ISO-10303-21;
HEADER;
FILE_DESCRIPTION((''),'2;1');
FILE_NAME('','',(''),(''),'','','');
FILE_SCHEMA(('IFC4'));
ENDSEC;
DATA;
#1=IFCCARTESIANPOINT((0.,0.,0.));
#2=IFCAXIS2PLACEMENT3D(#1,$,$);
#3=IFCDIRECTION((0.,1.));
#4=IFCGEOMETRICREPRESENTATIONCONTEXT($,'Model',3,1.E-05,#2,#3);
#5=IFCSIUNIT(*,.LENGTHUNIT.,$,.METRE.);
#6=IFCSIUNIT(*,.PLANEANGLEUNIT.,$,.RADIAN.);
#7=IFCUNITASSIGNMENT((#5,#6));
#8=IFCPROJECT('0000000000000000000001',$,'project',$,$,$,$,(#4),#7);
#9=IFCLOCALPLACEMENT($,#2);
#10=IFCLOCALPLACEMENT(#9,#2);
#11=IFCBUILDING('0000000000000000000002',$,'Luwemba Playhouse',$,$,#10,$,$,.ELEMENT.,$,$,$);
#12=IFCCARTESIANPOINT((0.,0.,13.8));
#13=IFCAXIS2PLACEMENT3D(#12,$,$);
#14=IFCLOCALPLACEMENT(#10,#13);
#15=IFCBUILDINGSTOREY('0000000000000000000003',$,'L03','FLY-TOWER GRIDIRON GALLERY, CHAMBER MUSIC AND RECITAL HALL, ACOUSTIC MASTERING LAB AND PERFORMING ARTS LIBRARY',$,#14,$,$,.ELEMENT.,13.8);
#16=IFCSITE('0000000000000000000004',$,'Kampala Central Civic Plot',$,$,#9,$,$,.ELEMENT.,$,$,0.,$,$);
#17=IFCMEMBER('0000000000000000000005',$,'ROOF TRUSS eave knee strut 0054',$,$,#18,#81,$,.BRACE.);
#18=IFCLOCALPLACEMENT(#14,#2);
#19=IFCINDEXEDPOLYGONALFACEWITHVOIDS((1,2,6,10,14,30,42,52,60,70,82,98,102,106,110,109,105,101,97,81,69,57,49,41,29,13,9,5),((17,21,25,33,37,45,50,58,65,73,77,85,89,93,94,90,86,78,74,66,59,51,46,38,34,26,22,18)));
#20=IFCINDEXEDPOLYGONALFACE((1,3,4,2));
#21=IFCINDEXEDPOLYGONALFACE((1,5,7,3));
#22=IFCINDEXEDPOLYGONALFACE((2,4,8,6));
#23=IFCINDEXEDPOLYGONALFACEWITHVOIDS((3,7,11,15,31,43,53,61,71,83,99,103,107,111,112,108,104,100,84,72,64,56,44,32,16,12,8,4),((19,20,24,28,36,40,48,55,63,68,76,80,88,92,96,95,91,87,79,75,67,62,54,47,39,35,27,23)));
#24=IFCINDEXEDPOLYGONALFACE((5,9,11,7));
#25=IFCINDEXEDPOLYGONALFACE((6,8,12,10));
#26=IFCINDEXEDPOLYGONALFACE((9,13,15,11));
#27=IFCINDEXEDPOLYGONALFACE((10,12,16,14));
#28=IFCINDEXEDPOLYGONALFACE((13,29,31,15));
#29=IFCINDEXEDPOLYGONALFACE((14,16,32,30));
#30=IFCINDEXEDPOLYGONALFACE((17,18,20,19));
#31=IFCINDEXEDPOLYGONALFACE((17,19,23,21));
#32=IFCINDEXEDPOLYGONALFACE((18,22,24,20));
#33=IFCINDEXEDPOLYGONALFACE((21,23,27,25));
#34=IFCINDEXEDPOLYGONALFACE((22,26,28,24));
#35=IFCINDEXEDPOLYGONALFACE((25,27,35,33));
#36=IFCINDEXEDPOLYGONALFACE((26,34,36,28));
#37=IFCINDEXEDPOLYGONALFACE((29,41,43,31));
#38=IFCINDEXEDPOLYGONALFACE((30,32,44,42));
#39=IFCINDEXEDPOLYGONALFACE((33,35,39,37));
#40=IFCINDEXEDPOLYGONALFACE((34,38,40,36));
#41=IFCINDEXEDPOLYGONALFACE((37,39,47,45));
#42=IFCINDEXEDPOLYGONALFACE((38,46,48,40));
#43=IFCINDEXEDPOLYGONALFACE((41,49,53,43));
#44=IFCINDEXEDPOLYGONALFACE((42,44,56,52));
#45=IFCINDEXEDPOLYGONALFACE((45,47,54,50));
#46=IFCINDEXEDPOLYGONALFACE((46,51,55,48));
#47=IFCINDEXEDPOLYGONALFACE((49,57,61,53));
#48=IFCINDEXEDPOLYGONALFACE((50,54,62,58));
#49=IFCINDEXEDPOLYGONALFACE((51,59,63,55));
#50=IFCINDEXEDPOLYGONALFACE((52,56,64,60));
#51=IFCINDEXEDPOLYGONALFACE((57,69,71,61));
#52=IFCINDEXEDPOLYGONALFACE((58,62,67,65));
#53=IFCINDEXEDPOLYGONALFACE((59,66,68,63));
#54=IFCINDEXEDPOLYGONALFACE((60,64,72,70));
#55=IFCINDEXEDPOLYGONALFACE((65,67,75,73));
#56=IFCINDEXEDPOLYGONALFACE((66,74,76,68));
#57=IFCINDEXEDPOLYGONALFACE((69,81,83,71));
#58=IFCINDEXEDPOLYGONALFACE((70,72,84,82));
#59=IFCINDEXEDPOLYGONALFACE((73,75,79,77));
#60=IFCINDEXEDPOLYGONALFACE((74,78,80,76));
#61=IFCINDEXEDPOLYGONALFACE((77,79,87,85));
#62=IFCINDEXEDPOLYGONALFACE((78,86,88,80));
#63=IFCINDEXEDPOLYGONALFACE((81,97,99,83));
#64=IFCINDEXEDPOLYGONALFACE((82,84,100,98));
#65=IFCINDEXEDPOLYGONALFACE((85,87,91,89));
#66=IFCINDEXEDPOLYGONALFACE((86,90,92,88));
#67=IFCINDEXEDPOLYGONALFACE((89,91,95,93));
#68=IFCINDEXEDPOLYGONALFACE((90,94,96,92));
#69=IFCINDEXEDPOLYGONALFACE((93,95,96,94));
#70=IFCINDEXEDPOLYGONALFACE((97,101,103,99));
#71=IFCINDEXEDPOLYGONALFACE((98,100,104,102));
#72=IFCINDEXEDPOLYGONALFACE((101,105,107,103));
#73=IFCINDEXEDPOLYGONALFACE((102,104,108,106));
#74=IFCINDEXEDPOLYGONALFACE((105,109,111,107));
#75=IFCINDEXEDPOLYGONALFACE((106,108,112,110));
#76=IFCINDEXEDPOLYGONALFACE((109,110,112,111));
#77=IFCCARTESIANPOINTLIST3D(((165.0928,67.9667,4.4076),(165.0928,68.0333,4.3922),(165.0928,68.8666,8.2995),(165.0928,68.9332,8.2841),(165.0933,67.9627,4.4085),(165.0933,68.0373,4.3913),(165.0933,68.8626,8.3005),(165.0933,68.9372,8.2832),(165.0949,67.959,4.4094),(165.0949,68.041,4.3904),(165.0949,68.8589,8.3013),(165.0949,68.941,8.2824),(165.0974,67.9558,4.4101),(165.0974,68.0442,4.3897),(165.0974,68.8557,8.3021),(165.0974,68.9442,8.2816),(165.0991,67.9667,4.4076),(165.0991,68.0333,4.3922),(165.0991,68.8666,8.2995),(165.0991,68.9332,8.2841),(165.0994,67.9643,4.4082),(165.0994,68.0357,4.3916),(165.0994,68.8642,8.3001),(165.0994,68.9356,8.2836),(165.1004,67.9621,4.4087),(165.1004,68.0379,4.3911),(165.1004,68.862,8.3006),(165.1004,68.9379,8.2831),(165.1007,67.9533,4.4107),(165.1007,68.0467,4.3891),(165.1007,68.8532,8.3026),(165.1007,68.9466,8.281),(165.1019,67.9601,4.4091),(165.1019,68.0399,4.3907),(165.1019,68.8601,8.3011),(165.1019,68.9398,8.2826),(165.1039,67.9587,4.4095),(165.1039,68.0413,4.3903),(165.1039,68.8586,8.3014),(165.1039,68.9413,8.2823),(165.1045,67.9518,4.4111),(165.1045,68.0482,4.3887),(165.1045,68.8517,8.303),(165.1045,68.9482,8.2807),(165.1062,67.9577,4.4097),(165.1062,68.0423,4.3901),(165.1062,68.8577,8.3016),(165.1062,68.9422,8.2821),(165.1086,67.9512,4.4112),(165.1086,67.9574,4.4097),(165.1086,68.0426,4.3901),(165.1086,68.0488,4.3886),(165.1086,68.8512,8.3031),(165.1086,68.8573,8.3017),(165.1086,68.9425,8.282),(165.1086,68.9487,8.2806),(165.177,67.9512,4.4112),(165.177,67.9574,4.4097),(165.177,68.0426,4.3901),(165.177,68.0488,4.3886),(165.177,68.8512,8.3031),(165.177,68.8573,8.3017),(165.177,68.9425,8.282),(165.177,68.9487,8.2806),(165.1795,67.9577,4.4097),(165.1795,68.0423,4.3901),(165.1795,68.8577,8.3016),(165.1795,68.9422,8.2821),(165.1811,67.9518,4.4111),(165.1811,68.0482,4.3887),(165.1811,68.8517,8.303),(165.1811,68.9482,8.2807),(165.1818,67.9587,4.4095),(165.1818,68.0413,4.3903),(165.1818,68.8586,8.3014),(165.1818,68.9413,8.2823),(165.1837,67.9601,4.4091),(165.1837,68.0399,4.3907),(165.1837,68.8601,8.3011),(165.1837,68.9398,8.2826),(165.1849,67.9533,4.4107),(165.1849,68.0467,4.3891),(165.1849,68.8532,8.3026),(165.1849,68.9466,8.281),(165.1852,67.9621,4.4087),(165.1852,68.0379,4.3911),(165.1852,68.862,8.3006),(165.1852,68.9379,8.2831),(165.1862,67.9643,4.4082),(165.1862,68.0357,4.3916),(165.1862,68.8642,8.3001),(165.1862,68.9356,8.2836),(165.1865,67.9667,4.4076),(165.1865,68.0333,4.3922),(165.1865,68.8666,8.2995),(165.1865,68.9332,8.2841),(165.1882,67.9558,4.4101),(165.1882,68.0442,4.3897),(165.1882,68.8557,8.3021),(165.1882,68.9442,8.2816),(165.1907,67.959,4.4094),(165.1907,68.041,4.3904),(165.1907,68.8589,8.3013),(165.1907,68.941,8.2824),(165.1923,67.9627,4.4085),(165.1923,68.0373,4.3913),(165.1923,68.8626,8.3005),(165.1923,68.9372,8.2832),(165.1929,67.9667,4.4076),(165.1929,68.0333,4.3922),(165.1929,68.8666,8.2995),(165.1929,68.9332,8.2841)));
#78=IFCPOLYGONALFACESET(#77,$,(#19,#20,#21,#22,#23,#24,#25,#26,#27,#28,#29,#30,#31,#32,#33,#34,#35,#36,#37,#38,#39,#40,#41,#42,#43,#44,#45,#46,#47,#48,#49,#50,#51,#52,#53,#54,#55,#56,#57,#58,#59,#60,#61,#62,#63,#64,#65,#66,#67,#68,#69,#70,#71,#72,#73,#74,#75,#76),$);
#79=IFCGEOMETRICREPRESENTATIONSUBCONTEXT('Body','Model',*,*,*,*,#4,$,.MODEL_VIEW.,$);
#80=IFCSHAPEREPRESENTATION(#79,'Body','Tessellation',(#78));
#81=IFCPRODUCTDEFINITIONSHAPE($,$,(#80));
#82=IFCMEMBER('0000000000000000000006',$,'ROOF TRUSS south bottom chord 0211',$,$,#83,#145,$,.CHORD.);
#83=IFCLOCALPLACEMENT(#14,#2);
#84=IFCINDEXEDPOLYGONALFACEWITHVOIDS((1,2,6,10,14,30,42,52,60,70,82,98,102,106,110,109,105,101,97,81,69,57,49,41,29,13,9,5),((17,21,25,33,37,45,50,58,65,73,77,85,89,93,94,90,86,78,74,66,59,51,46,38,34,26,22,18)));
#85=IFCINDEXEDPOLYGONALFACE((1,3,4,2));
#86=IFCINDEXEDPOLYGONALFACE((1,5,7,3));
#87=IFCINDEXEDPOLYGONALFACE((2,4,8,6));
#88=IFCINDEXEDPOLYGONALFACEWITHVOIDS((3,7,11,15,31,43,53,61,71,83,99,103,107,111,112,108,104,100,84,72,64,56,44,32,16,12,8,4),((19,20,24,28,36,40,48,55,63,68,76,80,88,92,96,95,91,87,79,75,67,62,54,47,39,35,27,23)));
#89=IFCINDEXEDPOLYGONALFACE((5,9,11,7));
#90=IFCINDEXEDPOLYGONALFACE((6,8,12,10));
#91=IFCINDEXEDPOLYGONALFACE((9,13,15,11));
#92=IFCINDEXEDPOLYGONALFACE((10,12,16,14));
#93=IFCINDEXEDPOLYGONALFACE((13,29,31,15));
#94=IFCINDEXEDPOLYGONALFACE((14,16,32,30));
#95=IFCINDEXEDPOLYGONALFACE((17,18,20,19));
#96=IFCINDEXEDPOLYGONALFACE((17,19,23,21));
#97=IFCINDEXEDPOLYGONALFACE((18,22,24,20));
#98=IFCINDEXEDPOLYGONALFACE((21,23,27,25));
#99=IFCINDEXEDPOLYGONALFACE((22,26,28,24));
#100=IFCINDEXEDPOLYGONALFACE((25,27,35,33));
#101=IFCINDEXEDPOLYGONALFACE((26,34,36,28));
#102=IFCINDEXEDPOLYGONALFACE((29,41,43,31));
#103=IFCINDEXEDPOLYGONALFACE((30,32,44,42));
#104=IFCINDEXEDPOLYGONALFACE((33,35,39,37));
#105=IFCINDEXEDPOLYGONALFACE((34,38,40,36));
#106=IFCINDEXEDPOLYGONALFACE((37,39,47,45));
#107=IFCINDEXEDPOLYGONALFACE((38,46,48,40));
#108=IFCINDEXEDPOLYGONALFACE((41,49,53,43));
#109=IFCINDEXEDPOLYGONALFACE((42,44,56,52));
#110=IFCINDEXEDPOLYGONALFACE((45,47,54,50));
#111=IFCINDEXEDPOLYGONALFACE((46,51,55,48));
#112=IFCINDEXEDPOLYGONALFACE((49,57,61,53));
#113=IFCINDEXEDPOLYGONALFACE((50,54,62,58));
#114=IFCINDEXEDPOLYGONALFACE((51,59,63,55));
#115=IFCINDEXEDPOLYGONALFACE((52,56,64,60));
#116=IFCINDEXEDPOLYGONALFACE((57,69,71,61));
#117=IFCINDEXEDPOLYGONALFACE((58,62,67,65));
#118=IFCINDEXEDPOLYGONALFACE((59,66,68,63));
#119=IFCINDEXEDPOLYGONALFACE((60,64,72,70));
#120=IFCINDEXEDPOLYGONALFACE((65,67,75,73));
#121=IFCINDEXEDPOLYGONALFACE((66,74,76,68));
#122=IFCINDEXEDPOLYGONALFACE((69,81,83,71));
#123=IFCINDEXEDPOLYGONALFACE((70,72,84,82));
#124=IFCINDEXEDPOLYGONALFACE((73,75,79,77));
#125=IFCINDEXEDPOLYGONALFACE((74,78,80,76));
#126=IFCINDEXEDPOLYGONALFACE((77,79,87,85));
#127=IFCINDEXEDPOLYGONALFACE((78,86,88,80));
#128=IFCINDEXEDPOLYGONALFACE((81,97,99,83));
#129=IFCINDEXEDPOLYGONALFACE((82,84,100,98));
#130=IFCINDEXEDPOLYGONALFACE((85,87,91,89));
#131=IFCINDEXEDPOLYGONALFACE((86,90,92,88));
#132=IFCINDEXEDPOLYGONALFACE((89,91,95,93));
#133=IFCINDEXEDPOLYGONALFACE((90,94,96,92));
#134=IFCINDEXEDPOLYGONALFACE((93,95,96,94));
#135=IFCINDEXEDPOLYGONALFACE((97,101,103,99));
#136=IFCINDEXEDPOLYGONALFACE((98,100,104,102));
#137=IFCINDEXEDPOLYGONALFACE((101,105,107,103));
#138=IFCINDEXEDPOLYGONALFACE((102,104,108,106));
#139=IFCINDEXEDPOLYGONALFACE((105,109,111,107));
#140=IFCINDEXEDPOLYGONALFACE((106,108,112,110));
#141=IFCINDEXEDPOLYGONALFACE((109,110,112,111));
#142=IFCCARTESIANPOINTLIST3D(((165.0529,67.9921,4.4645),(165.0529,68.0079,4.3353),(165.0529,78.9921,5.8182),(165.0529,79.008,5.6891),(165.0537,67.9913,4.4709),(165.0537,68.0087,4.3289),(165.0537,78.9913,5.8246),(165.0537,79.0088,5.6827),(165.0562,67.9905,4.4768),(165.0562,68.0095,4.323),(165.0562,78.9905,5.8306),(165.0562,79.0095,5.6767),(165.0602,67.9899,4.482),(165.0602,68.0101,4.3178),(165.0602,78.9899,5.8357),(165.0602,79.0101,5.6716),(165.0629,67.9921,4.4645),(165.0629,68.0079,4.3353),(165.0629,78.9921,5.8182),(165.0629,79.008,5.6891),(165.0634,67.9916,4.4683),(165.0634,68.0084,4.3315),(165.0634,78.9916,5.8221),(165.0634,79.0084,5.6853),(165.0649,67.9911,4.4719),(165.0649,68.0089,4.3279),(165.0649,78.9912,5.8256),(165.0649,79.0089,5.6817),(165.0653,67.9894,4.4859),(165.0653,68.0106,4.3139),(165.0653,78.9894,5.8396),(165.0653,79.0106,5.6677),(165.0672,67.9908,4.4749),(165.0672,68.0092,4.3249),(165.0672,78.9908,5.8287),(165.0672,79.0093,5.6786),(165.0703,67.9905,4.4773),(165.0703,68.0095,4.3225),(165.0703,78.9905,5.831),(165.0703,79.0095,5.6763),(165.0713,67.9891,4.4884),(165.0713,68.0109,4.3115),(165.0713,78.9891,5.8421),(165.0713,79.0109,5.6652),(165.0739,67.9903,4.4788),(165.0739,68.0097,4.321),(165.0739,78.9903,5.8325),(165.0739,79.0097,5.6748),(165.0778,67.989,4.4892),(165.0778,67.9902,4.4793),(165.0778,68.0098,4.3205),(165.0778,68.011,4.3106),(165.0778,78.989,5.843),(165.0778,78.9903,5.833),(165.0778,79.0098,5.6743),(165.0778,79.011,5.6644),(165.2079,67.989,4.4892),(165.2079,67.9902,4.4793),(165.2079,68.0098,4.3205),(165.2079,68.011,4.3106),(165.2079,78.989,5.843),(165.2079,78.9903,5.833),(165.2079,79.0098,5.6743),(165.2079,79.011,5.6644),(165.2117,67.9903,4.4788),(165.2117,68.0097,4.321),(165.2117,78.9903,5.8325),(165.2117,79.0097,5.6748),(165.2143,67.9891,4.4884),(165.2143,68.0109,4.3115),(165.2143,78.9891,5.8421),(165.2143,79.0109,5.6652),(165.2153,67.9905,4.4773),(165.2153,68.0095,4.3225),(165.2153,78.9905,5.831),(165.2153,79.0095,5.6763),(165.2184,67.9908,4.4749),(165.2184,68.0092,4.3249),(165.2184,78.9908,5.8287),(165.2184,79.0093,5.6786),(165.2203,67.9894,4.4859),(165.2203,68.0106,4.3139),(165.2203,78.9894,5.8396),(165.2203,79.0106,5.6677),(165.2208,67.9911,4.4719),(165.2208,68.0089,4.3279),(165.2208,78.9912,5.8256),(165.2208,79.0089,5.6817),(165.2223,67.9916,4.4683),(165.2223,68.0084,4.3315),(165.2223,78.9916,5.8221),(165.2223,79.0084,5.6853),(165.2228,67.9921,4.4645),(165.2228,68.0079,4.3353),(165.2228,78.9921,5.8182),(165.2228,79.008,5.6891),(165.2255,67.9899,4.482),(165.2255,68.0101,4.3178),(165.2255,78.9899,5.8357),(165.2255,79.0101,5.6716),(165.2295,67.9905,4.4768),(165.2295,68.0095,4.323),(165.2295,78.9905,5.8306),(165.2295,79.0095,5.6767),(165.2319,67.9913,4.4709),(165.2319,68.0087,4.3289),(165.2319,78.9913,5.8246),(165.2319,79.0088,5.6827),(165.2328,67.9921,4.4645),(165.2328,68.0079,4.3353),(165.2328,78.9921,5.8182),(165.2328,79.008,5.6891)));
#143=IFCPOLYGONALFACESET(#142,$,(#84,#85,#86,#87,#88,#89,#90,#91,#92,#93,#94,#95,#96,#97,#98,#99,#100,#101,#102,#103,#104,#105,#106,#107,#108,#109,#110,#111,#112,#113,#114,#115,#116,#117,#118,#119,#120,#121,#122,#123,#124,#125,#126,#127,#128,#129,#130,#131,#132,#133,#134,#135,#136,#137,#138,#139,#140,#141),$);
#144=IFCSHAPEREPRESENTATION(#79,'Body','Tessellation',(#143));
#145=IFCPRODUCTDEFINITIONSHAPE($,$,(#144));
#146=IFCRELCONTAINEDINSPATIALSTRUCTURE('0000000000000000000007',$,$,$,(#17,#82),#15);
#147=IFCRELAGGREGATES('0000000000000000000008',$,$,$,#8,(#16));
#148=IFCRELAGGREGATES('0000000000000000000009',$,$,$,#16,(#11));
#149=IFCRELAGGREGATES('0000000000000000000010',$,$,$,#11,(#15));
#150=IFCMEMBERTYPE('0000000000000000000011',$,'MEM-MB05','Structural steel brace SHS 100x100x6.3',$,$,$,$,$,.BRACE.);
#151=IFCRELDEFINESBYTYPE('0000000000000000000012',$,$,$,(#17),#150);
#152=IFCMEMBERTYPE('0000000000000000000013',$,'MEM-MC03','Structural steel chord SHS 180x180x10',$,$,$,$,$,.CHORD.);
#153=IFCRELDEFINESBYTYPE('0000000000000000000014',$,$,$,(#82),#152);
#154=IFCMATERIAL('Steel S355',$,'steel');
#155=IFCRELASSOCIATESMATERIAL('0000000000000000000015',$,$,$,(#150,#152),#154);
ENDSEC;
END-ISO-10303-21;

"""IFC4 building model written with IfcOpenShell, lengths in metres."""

from ifc_helpers import new_model, si_unit, direction, frame, origin, origin_2d, place, context, subcontext, project, spatial, hollow_rectangle, extrude, material, material_profile, profile_set, type_object, element, save


model = new_model("IFC4")

# Units and contexts
model_context = context("Model", 3, precision=1e-05, world=origin(), true_north=direction((0.0, 1.0)))
body_context = subcontext(model_context, "Body", "Model", "MODEL_VIEW")
ifc_project = project(units=[si_unit("LENGTHUNIT", "METRE"), si_unit("PLANEANGLEUNIT", "RADIAN")], contexts=[model_context])

# Site, building, storey
site_placement = place(None, origin())
site = spatial("IfcSite", under=ifc_project, at=site_placement, Name="Kampala Central Civic Plot", CompositionType="ELEMENT", RefElevation=0.0)
building_placement = place(site_placement, origin())
building = spatial("IfcBuilding", under=site, at=building_placement, Name="Luwemba Playhouse", CompositionType="ELEMENT")
storey_placement = place(building_placement, frame((0.0, 0.0, 13.8)))
storey = spatial("IfcBuildingStorey", under=building, at=storey_placement, Name="L03", Description="FLY-TOWER GRIDIRON GALLERY, CHAMBER MUSIC AND RECITAL HALL, ACOUSTIC MASTERING LAB AND PERFORMING ARTS LIBRARY", CompositionType="ELEMENT", Elevation=13.8)

# Shared definitions
ifc_material_1 = material(Name="Steel S355", Category="steel")

# Members
ifc_material_profile_1 = material_profile(ifc_material_1, hollow_rectangle(XDim=0.1001, YDim=0.1001, WallThickness=0.0063, InnerFilletRadius=0.0095, OuterFilletRadius=0.0159, at=origin_2d()))
ifc_profile_set_1 = profile_set([ifc_material_profile_1], Name="Steel S355")
member_type_1 = type_object("IfcMemberType", Name="MEM-MB05", Description="Structural steel brace SHS 100x100x6.3", PredefinedType="BRACE", material=ifc_profile_set_1)
member_1_placement = place(storey_placement, frame((165.1428, 68.0, 4.3999), z_axis=(0.0, 0.225284, 0.974293), x_axis=(-1.0, 0.0, 0.0)))
element("IfcMember", 1, at=member_1_placement, inside=storey, type_object=member_type_1, Name="ROOF TRUSS eave knee strut 0054", PredefinedType="BRACE", context=body_context, shape_type="SweptSolid", body=[
    extrude(hollow_rectangle(XDim=0.1001, YDim=0.1001, WallThickness=0.0063, InnerFilletRadius=0.0095, OuterFilletRadius=0.0159, at=origin_2d()), origin(), (0.0, 0.0, 1.0), 3.9946),
])
ifc_material_profile_2 = material_profile(ifc_material_1, hollow_rectangle(XDim=0.1799, YDim=0.1799, WallThickness=0.01, InnerFilletRadius=0.0149, OuterFilletRadius=0.0249, at=origin_2d()))
ifc_profile_set_2 = profile_set([ifc_material_profile_2], Name="Steel S355")
member_type_2 = type_object("IfcMemberType", Name="MEM-MC03", Description="Structural steel chord SHS 180x180x10", PredefinedType="CHORD", material=ifc_profile_set_2)
member_2_placement = place(storey_placement, frame((165.1428, 68.0, 4.3999), z_axis=(0.0, 0.992512, 0.122148), x_axis=(-1.0, 0.0, 0.0)))
element("IfcMember", 2, at=member_2_placement, inside=storey, type_object=member_type_2, Name="ROOF TRUSS south bottom chord 0211", PredefinedType="CHORD", context=body_context, shape_type="SweptSolid", body=[
    extrude(hollow_rectangle(XDim=0.1799, YDim=0.1799, WallThickness=0.01, InnerFilletRadius=0.0149, OuterFilletRadius=0.0249, at=origin_2d()), origin(), (0.0, 0.0, 1.0), 11.083),
])

save(model, "model.ifc")
